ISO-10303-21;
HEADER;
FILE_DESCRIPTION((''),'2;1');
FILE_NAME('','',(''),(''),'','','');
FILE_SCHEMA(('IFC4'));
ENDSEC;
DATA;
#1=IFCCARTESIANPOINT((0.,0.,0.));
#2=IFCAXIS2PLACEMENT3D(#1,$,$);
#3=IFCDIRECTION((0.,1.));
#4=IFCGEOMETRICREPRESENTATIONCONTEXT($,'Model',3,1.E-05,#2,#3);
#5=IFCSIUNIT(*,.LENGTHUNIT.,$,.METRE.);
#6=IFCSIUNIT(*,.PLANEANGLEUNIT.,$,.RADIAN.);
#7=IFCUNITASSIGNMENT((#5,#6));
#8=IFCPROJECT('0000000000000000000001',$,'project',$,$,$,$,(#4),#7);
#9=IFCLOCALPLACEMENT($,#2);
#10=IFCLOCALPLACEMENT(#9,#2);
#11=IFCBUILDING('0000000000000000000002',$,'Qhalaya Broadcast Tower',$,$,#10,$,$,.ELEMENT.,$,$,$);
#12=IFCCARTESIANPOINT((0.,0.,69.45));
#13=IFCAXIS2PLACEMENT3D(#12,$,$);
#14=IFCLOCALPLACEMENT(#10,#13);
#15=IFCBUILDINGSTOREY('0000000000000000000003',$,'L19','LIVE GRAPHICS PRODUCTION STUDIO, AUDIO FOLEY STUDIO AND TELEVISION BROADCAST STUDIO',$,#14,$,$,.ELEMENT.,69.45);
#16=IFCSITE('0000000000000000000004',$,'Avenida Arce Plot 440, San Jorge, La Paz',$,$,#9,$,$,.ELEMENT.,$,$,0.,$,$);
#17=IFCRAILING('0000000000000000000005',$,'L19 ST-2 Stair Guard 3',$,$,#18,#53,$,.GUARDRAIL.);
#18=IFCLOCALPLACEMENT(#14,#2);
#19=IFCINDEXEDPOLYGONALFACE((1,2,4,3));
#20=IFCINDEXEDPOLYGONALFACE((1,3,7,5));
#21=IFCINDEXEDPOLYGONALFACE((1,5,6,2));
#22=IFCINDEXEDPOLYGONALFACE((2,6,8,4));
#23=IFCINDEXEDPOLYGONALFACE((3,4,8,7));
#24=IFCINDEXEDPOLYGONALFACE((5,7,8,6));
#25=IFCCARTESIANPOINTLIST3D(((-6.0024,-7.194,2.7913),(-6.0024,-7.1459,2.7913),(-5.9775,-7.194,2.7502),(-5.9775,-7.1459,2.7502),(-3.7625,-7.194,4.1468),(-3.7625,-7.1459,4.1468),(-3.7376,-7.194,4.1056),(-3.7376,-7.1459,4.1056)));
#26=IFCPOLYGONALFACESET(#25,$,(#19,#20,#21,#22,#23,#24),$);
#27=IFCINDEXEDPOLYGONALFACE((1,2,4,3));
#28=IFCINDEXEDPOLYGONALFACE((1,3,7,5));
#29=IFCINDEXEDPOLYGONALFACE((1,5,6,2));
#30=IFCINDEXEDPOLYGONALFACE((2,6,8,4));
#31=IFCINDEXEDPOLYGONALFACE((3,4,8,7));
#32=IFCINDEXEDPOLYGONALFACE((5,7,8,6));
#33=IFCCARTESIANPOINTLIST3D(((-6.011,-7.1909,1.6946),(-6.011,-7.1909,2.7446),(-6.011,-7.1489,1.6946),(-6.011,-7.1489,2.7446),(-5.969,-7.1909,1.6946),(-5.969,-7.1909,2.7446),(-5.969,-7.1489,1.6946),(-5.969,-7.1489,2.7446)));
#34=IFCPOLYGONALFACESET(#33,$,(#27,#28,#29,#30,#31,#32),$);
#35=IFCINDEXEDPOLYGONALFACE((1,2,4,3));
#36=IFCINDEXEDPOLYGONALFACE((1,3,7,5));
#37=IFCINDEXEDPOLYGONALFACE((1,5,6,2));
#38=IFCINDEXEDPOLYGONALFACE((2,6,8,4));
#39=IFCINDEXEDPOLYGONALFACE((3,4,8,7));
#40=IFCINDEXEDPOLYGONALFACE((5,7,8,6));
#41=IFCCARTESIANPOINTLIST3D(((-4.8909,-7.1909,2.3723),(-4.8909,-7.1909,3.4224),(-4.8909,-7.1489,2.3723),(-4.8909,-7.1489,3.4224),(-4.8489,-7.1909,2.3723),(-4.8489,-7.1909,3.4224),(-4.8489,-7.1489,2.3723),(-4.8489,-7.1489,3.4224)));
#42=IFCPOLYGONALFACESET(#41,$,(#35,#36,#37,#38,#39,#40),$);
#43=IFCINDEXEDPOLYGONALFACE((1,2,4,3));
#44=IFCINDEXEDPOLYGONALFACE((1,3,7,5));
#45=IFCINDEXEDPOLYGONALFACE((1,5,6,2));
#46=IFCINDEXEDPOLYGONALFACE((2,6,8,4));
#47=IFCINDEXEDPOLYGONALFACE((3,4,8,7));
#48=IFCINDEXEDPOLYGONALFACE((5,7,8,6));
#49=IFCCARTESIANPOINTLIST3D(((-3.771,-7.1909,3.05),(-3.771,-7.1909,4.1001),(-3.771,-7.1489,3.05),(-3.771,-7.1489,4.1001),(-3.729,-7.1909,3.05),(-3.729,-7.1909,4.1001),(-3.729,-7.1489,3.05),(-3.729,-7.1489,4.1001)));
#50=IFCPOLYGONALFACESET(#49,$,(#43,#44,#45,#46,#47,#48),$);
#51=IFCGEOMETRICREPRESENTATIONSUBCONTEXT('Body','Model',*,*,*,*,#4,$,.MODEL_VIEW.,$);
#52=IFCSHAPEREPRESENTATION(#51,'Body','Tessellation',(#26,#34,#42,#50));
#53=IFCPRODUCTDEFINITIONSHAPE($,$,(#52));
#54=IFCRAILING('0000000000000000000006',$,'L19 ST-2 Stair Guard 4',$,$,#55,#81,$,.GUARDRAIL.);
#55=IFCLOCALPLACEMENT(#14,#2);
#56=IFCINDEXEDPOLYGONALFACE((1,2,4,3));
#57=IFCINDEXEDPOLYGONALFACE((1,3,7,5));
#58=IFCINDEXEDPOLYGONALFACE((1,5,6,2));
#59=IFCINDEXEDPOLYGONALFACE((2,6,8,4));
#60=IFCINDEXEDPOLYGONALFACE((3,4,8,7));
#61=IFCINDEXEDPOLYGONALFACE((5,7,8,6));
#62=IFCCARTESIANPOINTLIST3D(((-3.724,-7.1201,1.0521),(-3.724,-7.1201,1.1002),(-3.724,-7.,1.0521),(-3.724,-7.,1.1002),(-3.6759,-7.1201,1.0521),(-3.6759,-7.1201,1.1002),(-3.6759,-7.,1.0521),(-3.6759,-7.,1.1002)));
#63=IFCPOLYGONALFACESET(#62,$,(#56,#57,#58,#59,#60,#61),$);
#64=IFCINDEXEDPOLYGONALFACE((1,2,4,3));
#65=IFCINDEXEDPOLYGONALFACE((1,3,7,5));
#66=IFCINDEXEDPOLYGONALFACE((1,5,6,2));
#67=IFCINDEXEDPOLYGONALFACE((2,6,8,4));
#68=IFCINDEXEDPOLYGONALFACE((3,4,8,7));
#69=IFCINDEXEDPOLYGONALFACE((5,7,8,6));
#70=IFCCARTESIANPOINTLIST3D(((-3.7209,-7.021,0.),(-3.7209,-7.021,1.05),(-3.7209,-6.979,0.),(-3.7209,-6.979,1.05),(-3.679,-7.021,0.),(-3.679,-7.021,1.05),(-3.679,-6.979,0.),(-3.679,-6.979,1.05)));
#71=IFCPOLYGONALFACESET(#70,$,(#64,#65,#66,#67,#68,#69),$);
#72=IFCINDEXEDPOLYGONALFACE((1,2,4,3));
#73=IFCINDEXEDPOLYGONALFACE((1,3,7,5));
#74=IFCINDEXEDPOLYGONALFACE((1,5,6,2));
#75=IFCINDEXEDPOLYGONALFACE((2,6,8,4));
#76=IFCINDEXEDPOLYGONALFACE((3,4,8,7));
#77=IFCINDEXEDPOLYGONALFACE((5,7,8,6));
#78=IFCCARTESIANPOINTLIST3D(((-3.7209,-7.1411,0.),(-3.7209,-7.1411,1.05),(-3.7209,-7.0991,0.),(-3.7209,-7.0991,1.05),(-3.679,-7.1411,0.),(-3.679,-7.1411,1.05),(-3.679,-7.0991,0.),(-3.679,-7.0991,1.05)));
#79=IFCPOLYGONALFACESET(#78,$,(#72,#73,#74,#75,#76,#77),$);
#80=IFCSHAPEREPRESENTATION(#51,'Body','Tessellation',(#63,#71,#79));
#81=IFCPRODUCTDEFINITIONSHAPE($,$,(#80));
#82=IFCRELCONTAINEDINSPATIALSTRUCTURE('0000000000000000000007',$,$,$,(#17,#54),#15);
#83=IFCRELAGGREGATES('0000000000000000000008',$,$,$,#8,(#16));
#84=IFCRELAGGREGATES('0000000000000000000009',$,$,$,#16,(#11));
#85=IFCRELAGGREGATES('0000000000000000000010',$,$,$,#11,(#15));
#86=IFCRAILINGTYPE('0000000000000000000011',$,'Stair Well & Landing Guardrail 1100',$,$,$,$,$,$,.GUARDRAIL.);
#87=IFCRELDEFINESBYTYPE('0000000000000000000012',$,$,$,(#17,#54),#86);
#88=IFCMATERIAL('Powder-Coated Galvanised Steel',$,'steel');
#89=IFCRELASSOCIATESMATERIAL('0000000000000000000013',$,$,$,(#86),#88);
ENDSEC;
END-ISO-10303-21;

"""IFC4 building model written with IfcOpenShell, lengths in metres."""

from ifc_helpers import new_model, si_unit, direction, frame, origin, origin_2d, place, context, subcontext, project, spatial, rectangle, extrude, material, type_object, element, save


model = new_model("IFC4")

# Units and contexts
model_context = context("Model", 3, precision=1e-05, world=origin(), true_north=direction((0.0, 1.0)))
body_context = subcontext(model_context, "Body", "Model", "MODEL_VIEW")
ifc_project = project(units=[si_unit("LENGTHUNIT", "METRE"), si_unit("PLANEANGLEUNIT", "RADIAN")], contexts=[model_context])

# Site, building, storey
site_placement = place(None, origin())
site = spatial("IfcSite", under=ifc_project, at=site_placement, Name="Avenida Arce Plot 440, San Jorge, La Paz", CompositionType="ELEMENT", RefElevation=0.0)
building_placement = place(site_placement, origin())
building = spatial("IfcBuilding", under=site, at=building_placement, Name="Qhalaya Broadcast Tower", CompositionType="ELEMENT")
storey_placement = place(building_placement, frame((0.0, 0.0, 69.45)))
storey = spatial("IfcBuildingStorey", under=building, at=storey_placement, Name="L19", Description="LIVE GRAPHICS PRODUCTION STUDIO, AUDIO FOLEY STUDIO AND TELEVISION BROADCAST STUDIO", CompositionType="ELEMENT", Elevation=69.45)

# Railings
ifc_material_1 = material(Name="Powder-Coated Galvanised Steel", Category="steel")
railing_type_1 = type_object("IfcRailingType", Name="Stair Well & Landing Guardrail 1100", PredefinedType="GUARDRAIL", material=ifc_material_1)
railing_1_placement = place(storey_placement, frame((-5.99, -7.1699, 1.6946)))
element("IfcRailing", 1, at=railing_1_placement, inside=storey, type_object=railing_type_1, Name="L19 ST-2 Stair Guard 3", PredefinedType="GUARDRAIL", context=body_context, shape_type="SweptSolid", body=[
    extrude(rectangle(XDim=0.0481, YDim=0.0481, at=origin_2d()), frame((0.0, 0.0, 1.0762), z_axis=(0.855553, 0.0, 0.517715), x_axis=(0.0, 1.0, 0.0)), (0.0, 0.0, 1.0), 2.6182),
    extrude(rectangle(XDim=0.042, YDim=0.042, at=origin_2d()), origin(), (0.0, 0.0, 1.0), 1.05),
    extrude(rectangle(XDim=0.042, YDim=0.042, at=origin_2d()), frame((1.1201, 0.0, 0.6777)), (0.0, 0.0, 1.0), 1.05),
    extrude(rectangle(XDim=0.042, YDim=0.042, at=origin_2d()), frame((2.24, 0.0, 1.3555)), (0.0, 0.0, 1.0), 1.05),
])
railing_2_placement = place(storey_placement, frame((-3.7, -7.0, 0.0)))
element("IfcRailing", 2, at=railing_2_placement, inside=storey, type_object=railing_type_1, Name="L19 ST-2 Stair Guard 4", PredefinedType="GUARDRAIL", context=body_context, shape_type="SweptSolid", body=[
    extrude(rectangle(XDim=0.0481, YDim=0.0481, at=origin_2d()), frame((0.0, 0.0, 1.0762), z_axis=(0.0, -1.0, 0.0), x_axis=(1.0, 0.0, 0.0)), (0.0, 0.0, 1.0), 0.1201),
    extrude(rectangle(XDim=0.042, YDim=0.042, at=origin_2d()), origin(), (0.0, 0.0, 1.0), 1.05),
    extrude(rectangle(XDim=0.042, YDim=0.042, at=origin_2d()), frame((0.0, -0.1201, 0.0)), (0.0, 0.0, 1.0), 1.05),
])

save(model, "model.ifc")
